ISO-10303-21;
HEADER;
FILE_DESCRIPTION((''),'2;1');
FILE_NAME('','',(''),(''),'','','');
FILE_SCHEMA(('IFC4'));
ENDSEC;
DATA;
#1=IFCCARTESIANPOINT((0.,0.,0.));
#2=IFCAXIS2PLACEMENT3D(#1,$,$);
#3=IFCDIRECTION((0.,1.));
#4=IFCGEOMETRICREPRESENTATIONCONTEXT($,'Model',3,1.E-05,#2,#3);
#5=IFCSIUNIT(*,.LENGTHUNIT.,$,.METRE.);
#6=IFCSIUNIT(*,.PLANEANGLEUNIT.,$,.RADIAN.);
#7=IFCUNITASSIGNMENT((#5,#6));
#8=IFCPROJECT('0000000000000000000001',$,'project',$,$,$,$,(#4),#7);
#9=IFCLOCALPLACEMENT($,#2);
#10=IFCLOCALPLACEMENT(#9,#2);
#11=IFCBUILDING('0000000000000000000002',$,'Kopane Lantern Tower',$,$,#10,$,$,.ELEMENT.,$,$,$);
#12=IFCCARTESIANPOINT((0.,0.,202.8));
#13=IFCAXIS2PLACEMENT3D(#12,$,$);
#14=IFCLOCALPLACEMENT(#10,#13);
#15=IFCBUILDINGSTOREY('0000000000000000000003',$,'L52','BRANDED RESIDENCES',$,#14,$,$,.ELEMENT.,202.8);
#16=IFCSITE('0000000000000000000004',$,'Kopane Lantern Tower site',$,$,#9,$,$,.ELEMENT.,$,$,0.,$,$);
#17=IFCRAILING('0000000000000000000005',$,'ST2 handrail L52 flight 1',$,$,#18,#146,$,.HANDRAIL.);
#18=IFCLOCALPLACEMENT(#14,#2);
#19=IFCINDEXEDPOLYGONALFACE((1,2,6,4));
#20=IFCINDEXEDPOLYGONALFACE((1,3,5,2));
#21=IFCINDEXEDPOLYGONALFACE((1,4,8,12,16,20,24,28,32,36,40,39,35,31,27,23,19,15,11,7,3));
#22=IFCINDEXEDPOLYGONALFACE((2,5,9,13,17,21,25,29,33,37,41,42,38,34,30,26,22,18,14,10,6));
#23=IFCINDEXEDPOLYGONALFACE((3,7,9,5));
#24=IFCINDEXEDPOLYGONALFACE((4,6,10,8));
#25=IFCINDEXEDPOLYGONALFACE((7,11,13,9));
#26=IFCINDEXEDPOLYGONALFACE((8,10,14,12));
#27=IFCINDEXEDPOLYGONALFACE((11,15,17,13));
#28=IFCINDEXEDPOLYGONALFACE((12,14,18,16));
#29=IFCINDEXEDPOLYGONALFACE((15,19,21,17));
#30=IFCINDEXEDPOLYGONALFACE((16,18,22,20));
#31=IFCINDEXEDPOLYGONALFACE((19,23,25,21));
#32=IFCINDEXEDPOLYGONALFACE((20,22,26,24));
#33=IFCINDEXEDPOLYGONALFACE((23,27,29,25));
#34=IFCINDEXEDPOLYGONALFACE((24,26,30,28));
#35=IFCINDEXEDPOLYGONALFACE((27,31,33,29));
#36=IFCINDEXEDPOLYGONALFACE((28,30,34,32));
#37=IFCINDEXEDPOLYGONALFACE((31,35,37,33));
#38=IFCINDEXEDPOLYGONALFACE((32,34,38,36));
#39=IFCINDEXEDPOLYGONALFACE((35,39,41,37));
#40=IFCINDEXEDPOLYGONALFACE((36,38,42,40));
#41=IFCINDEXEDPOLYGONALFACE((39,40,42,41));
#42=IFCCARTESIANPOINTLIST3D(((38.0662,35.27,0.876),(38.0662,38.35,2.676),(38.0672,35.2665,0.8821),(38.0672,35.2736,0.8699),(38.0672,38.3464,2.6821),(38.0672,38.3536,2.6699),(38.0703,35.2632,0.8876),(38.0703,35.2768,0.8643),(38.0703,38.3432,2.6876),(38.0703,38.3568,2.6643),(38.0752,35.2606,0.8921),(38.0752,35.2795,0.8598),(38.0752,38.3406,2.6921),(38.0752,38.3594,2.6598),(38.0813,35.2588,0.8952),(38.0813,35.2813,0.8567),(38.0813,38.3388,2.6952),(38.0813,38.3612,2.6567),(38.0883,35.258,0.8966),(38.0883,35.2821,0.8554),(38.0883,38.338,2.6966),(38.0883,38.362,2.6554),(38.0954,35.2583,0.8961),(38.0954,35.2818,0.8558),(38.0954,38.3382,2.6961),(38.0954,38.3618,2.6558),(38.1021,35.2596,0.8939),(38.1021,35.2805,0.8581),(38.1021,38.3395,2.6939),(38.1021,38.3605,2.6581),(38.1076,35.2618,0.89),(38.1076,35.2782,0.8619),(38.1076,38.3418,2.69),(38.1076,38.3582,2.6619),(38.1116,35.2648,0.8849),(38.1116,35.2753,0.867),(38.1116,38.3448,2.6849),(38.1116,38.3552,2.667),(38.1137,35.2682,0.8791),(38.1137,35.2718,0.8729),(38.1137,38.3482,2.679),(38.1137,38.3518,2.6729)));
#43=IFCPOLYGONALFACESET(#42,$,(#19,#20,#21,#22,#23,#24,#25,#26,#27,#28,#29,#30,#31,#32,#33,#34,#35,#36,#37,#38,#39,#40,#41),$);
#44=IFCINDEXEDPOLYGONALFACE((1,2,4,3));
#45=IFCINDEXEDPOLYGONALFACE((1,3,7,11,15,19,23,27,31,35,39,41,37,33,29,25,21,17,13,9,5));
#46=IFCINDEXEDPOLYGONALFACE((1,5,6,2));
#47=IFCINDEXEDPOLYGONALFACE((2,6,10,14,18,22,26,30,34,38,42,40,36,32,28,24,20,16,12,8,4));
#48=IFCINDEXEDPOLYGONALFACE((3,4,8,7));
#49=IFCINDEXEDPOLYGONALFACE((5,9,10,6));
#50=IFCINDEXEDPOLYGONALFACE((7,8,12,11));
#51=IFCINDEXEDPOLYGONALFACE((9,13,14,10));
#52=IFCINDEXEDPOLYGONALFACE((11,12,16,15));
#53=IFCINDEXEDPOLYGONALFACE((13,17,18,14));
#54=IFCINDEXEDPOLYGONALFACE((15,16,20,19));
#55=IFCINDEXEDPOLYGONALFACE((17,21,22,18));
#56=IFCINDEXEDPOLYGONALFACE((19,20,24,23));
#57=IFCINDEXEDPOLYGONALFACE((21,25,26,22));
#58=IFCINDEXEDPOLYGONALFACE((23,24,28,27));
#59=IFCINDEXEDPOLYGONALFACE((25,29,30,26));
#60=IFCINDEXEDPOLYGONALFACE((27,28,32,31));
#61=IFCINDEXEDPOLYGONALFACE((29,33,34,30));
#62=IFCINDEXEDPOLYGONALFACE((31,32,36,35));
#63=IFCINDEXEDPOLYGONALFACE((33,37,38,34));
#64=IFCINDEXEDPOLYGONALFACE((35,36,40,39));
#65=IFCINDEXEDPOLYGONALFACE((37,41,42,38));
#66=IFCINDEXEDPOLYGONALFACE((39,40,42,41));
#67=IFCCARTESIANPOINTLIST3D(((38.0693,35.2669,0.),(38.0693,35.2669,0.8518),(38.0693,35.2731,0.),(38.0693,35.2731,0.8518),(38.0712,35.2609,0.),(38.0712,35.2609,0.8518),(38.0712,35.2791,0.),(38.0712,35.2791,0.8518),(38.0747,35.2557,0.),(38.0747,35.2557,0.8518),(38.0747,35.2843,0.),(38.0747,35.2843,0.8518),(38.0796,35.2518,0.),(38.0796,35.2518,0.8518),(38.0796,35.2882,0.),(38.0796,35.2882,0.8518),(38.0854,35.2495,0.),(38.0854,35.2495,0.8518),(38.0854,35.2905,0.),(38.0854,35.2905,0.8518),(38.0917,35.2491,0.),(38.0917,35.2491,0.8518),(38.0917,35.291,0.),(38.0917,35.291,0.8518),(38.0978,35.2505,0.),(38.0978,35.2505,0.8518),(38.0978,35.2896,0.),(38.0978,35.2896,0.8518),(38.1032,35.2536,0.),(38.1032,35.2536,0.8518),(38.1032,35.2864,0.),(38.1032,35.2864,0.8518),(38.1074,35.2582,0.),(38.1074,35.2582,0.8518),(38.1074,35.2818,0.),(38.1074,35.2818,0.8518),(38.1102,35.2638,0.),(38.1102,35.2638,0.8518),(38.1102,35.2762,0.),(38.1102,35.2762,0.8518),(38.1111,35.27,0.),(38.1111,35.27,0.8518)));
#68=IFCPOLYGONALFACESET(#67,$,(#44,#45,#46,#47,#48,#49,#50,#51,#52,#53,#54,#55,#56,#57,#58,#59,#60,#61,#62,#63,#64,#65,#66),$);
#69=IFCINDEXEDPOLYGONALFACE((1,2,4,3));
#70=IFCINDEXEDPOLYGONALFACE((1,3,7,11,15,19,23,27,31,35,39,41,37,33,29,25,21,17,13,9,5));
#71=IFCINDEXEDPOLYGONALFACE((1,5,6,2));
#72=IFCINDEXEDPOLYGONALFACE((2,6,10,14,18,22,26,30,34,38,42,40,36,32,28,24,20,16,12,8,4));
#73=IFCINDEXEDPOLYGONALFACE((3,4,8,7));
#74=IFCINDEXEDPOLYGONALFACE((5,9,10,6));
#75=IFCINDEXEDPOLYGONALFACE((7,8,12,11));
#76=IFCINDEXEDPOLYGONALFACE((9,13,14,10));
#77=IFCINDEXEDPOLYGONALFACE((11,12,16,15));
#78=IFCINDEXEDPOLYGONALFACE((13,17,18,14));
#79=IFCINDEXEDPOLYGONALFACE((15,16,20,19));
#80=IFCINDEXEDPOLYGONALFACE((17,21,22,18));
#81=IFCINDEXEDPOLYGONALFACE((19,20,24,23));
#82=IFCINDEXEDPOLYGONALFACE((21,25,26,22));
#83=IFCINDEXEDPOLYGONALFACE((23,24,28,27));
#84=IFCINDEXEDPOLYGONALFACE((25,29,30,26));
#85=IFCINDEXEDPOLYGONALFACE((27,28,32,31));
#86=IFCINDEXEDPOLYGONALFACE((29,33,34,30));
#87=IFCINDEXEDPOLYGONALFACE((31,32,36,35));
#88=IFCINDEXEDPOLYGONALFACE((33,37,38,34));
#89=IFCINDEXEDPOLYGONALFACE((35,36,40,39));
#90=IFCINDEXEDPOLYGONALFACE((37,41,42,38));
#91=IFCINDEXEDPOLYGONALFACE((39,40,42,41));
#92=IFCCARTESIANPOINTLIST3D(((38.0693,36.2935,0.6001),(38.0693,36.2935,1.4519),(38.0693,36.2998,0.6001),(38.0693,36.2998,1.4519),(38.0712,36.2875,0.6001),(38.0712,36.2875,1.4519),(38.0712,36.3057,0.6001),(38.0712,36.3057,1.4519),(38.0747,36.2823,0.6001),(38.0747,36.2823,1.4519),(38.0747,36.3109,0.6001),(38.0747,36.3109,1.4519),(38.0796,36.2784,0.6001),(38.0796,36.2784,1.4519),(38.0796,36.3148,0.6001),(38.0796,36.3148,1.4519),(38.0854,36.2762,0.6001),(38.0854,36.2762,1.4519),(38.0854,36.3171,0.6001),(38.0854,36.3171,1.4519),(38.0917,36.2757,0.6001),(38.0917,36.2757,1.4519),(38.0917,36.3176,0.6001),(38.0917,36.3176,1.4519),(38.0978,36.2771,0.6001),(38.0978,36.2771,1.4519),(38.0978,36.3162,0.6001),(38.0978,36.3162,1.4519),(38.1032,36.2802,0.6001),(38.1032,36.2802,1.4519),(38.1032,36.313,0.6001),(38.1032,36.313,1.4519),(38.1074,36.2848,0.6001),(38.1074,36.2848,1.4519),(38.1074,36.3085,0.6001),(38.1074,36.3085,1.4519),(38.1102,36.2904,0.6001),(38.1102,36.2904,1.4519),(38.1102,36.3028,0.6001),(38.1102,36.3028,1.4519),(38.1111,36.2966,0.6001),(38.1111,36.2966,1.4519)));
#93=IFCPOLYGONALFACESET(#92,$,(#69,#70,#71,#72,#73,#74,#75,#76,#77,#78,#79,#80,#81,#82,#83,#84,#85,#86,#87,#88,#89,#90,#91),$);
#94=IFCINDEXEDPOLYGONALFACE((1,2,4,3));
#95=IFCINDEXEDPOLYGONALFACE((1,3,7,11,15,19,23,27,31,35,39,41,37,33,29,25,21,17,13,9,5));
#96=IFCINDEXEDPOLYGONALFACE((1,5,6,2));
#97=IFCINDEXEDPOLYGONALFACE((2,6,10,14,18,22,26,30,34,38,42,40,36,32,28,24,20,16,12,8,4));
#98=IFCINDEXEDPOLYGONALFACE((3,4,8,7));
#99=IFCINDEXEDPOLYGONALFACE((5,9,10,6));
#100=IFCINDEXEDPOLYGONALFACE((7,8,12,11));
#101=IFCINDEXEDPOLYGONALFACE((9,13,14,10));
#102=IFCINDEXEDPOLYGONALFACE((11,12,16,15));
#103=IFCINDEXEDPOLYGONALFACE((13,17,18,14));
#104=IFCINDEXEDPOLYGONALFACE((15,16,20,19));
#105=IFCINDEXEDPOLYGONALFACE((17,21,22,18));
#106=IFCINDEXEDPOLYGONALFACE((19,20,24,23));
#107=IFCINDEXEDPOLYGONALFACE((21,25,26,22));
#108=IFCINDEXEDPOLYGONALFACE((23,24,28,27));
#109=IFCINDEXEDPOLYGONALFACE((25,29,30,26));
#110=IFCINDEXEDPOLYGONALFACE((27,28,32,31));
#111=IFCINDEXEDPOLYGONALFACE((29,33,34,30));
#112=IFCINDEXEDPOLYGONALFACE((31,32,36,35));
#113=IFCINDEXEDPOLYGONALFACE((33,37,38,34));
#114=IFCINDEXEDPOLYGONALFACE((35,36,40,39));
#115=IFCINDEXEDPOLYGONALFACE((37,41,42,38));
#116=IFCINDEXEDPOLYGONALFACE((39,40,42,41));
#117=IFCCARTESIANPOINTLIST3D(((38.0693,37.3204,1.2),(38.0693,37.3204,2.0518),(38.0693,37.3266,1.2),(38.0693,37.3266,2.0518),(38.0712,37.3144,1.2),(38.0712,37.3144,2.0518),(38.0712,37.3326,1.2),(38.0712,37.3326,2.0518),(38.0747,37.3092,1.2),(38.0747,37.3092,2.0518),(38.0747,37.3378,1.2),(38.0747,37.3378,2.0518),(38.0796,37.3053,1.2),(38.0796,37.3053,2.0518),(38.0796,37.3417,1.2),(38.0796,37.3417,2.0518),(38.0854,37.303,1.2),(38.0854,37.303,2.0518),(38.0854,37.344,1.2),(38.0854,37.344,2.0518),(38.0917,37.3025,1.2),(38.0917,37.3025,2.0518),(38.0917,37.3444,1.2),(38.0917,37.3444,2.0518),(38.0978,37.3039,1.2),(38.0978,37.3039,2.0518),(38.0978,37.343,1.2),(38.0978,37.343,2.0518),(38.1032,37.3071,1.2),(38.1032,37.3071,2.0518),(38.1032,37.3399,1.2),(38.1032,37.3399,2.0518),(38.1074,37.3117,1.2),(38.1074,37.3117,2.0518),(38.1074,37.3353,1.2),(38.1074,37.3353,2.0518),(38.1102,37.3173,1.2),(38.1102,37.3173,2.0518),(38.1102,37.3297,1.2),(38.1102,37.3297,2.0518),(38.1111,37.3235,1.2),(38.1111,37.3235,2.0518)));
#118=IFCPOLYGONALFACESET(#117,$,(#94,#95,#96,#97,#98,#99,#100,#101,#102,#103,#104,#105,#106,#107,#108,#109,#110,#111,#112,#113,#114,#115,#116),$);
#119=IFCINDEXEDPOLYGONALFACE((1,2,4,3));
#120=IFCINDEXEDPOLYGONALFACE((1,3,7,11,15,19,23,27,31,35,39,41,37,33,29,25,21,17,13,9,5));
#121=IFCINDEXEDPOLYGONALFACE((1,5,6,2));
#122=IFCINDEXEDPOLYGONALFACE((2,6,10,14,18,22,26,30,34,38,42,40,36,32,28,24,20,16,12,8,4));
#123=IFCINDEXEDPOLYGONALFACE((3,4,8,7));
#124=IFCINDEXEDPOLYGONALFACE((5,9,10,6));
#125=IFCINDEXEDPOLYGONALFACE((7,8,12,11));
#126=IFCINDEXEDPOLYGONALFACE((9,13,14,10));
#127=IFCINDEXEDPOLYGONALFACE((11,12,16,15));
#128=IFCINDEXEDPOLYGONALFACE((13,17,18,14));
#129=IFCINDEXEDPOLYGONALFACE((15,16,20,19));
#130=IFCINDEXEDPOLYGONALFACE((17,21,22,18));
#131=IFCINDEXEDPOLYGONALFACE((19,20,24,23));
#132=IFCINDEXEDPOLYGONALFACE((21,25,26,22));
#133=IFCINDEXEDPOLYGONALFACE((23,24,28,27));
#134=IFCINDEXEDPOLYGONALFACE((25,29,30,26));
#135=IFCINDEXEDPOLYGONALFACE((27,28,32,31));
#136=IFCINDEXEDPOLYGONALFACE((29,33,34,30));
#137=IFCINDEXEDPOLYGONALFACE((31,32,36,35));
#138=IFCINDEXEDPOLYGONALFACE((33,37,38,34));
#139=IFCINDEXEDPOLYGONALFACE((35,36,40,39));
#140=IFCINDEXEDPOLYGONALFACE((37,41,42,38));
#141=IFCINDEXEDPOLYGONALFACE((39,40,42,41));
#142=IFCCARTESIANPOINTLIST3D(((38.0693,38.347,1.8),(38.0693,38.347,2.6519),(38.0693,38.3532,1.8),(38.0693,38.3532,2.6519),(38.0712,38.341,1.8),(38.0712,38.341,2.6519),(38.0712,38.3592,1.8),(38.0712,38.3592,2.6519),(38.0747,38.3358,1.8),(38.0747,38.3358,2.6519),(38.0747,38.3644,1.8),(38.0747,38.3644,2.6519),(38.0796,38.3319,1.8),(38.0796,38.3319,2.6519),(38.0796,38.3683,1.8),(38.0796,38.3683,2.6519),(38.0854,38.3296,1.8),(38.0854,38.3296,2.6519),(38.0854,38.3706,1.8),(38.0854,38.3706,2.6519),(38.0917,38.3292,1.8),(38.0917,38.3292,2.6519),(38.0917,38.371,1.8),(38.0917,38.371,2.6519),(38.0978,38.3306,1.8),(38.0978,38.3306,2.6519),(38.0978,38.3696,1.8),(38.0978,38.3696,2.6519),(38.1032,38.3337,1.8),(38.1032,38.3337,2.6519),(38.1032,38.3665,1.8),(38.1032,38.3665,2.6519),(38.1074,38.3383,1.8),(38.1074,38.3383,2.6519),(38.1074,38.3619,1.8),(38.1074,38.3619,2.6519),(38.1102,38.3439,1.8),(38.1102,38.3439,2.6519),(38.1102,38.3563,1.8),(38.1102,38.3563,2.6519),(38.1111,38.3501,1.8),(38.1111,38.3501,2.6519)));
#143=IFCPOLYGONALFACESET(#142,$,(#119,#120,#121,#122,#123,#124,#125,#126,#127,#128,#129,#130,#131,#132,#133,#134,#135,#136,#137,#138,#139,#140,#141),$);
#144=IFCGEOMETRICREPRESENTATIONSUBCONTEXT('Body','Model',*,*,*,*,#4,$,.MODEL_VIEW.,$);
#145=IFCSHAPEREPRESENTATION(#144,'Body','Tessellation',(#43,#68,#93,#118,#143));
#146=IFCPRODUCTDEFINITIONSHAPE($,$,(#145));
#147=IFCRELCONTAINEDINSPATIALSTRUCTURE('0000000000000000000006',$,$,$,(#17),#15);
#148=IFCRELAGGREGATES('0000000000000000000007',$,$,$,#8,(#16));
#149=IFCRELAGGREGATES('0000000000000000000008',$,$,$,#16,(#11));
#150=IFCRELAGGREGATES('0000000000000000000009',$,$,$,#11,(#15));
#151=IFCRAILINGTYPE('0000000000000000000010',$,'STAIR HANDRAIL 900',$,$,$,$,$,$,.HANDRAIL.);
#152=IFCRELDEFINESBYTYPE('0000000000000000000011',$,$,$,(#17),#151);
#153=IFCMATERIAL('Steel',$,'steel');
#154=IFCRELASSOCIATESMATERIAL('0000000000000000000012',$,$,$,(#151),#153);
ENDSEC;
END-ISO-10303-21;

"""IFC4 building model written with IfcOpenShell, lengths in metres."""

from ifc_helpers import new_model, si_unit, direction, frame, origin, origin_2d, place, context, subcontext, project, spatial, circle, extrude, material, type_object, element, save


model = new_model("IFC4")

# Units and contexts
model_context = context("Model", 3, precision=1e-05, world=origin(), true_north=direction((0.0, 1.0)))
body_context = subcontext(model_context, "Body", "Model", "MODEL_VIEW")
ifc_project = project(units=[si_unit("LENGTHUNIT", "METRE"), si_unit("PLANEANGLEUNIT", "RADIAN")], contexts=[model_context])

# Site, building, storey
site_placement = place(None, origin())
site = spatial("IfcSite", under=ifc_project, at=site_placement, Name="Kopane Lantern Tower site", CompositionType="ELEMENT", RefElevation=0.0)
building_placement = place(site_placement, origin())
building = spatial("IfcBuilding", under=site, at=building_placement, Name="Kopane Lantern Tower", CompositionType="ELEMENT")
storey_placement = place(building_placement, frame((0.0, 0.0, 202.8)))
storey = spatial("IfcBuildingStorey", under=building, at=storey_placement, Name="L52", Description="BRANDED RESIDENCES", CompositionType="ELEMENT", Elevation=202.8)

# Railing
ifc_material_1 = material(Name="Steel", Category="steel")
railing_type_1 = type_object("IfcRailingType", Name="STAIR HANDRAIL 900", PredefinedType="HANDRAIL", material=ifc_material_1)
for number, where, name in (
    (1, (38.0901, 35.27, 0.0), "ST2 handrail L52 flight 1"),
):
    element("IfcRailing", number, at=place(storey_placement, frame(where)), inside=storey, type_object=railing_type_1, Name=name, PredefinedType="HANDRAIL", context=body_context, shape_type="SweptSolid", body=[
        extrude(circle(Radius=0.0239, at=origin_2d()), frame((0.0, 0.0, 0.876), z_axis=(0.0, 0.863372, 0.504569), x_axis=(-1.0, 0.0, 0.0)), (0.0, 0.0, 1.0), 3.5674),
        extrude(circle(Radius=0.021, at=origin_2d()), origin(), (0.0, 0.0, 1.0), 0.8518),
        extrude(circle(Radius=0.021, at=origin_2d()), frame((0.0, 1.0266, 0.6001)), (0.0, 0.0, 1.0), 0.8518),
        extrude(circle(Radius=0.021, at=origin_2d()), frame((0.0, 2.0535, 1.2)), (0.0, 0.0, 1.0), 0.8518),
        extrude(circle(Radius=0.021, at=origin_2d()), frame((0.0, 3.0801, 1.8)), (0.0, 0.0, 1.0), 0.8518),
    ])

save(model, "model.ifc")
